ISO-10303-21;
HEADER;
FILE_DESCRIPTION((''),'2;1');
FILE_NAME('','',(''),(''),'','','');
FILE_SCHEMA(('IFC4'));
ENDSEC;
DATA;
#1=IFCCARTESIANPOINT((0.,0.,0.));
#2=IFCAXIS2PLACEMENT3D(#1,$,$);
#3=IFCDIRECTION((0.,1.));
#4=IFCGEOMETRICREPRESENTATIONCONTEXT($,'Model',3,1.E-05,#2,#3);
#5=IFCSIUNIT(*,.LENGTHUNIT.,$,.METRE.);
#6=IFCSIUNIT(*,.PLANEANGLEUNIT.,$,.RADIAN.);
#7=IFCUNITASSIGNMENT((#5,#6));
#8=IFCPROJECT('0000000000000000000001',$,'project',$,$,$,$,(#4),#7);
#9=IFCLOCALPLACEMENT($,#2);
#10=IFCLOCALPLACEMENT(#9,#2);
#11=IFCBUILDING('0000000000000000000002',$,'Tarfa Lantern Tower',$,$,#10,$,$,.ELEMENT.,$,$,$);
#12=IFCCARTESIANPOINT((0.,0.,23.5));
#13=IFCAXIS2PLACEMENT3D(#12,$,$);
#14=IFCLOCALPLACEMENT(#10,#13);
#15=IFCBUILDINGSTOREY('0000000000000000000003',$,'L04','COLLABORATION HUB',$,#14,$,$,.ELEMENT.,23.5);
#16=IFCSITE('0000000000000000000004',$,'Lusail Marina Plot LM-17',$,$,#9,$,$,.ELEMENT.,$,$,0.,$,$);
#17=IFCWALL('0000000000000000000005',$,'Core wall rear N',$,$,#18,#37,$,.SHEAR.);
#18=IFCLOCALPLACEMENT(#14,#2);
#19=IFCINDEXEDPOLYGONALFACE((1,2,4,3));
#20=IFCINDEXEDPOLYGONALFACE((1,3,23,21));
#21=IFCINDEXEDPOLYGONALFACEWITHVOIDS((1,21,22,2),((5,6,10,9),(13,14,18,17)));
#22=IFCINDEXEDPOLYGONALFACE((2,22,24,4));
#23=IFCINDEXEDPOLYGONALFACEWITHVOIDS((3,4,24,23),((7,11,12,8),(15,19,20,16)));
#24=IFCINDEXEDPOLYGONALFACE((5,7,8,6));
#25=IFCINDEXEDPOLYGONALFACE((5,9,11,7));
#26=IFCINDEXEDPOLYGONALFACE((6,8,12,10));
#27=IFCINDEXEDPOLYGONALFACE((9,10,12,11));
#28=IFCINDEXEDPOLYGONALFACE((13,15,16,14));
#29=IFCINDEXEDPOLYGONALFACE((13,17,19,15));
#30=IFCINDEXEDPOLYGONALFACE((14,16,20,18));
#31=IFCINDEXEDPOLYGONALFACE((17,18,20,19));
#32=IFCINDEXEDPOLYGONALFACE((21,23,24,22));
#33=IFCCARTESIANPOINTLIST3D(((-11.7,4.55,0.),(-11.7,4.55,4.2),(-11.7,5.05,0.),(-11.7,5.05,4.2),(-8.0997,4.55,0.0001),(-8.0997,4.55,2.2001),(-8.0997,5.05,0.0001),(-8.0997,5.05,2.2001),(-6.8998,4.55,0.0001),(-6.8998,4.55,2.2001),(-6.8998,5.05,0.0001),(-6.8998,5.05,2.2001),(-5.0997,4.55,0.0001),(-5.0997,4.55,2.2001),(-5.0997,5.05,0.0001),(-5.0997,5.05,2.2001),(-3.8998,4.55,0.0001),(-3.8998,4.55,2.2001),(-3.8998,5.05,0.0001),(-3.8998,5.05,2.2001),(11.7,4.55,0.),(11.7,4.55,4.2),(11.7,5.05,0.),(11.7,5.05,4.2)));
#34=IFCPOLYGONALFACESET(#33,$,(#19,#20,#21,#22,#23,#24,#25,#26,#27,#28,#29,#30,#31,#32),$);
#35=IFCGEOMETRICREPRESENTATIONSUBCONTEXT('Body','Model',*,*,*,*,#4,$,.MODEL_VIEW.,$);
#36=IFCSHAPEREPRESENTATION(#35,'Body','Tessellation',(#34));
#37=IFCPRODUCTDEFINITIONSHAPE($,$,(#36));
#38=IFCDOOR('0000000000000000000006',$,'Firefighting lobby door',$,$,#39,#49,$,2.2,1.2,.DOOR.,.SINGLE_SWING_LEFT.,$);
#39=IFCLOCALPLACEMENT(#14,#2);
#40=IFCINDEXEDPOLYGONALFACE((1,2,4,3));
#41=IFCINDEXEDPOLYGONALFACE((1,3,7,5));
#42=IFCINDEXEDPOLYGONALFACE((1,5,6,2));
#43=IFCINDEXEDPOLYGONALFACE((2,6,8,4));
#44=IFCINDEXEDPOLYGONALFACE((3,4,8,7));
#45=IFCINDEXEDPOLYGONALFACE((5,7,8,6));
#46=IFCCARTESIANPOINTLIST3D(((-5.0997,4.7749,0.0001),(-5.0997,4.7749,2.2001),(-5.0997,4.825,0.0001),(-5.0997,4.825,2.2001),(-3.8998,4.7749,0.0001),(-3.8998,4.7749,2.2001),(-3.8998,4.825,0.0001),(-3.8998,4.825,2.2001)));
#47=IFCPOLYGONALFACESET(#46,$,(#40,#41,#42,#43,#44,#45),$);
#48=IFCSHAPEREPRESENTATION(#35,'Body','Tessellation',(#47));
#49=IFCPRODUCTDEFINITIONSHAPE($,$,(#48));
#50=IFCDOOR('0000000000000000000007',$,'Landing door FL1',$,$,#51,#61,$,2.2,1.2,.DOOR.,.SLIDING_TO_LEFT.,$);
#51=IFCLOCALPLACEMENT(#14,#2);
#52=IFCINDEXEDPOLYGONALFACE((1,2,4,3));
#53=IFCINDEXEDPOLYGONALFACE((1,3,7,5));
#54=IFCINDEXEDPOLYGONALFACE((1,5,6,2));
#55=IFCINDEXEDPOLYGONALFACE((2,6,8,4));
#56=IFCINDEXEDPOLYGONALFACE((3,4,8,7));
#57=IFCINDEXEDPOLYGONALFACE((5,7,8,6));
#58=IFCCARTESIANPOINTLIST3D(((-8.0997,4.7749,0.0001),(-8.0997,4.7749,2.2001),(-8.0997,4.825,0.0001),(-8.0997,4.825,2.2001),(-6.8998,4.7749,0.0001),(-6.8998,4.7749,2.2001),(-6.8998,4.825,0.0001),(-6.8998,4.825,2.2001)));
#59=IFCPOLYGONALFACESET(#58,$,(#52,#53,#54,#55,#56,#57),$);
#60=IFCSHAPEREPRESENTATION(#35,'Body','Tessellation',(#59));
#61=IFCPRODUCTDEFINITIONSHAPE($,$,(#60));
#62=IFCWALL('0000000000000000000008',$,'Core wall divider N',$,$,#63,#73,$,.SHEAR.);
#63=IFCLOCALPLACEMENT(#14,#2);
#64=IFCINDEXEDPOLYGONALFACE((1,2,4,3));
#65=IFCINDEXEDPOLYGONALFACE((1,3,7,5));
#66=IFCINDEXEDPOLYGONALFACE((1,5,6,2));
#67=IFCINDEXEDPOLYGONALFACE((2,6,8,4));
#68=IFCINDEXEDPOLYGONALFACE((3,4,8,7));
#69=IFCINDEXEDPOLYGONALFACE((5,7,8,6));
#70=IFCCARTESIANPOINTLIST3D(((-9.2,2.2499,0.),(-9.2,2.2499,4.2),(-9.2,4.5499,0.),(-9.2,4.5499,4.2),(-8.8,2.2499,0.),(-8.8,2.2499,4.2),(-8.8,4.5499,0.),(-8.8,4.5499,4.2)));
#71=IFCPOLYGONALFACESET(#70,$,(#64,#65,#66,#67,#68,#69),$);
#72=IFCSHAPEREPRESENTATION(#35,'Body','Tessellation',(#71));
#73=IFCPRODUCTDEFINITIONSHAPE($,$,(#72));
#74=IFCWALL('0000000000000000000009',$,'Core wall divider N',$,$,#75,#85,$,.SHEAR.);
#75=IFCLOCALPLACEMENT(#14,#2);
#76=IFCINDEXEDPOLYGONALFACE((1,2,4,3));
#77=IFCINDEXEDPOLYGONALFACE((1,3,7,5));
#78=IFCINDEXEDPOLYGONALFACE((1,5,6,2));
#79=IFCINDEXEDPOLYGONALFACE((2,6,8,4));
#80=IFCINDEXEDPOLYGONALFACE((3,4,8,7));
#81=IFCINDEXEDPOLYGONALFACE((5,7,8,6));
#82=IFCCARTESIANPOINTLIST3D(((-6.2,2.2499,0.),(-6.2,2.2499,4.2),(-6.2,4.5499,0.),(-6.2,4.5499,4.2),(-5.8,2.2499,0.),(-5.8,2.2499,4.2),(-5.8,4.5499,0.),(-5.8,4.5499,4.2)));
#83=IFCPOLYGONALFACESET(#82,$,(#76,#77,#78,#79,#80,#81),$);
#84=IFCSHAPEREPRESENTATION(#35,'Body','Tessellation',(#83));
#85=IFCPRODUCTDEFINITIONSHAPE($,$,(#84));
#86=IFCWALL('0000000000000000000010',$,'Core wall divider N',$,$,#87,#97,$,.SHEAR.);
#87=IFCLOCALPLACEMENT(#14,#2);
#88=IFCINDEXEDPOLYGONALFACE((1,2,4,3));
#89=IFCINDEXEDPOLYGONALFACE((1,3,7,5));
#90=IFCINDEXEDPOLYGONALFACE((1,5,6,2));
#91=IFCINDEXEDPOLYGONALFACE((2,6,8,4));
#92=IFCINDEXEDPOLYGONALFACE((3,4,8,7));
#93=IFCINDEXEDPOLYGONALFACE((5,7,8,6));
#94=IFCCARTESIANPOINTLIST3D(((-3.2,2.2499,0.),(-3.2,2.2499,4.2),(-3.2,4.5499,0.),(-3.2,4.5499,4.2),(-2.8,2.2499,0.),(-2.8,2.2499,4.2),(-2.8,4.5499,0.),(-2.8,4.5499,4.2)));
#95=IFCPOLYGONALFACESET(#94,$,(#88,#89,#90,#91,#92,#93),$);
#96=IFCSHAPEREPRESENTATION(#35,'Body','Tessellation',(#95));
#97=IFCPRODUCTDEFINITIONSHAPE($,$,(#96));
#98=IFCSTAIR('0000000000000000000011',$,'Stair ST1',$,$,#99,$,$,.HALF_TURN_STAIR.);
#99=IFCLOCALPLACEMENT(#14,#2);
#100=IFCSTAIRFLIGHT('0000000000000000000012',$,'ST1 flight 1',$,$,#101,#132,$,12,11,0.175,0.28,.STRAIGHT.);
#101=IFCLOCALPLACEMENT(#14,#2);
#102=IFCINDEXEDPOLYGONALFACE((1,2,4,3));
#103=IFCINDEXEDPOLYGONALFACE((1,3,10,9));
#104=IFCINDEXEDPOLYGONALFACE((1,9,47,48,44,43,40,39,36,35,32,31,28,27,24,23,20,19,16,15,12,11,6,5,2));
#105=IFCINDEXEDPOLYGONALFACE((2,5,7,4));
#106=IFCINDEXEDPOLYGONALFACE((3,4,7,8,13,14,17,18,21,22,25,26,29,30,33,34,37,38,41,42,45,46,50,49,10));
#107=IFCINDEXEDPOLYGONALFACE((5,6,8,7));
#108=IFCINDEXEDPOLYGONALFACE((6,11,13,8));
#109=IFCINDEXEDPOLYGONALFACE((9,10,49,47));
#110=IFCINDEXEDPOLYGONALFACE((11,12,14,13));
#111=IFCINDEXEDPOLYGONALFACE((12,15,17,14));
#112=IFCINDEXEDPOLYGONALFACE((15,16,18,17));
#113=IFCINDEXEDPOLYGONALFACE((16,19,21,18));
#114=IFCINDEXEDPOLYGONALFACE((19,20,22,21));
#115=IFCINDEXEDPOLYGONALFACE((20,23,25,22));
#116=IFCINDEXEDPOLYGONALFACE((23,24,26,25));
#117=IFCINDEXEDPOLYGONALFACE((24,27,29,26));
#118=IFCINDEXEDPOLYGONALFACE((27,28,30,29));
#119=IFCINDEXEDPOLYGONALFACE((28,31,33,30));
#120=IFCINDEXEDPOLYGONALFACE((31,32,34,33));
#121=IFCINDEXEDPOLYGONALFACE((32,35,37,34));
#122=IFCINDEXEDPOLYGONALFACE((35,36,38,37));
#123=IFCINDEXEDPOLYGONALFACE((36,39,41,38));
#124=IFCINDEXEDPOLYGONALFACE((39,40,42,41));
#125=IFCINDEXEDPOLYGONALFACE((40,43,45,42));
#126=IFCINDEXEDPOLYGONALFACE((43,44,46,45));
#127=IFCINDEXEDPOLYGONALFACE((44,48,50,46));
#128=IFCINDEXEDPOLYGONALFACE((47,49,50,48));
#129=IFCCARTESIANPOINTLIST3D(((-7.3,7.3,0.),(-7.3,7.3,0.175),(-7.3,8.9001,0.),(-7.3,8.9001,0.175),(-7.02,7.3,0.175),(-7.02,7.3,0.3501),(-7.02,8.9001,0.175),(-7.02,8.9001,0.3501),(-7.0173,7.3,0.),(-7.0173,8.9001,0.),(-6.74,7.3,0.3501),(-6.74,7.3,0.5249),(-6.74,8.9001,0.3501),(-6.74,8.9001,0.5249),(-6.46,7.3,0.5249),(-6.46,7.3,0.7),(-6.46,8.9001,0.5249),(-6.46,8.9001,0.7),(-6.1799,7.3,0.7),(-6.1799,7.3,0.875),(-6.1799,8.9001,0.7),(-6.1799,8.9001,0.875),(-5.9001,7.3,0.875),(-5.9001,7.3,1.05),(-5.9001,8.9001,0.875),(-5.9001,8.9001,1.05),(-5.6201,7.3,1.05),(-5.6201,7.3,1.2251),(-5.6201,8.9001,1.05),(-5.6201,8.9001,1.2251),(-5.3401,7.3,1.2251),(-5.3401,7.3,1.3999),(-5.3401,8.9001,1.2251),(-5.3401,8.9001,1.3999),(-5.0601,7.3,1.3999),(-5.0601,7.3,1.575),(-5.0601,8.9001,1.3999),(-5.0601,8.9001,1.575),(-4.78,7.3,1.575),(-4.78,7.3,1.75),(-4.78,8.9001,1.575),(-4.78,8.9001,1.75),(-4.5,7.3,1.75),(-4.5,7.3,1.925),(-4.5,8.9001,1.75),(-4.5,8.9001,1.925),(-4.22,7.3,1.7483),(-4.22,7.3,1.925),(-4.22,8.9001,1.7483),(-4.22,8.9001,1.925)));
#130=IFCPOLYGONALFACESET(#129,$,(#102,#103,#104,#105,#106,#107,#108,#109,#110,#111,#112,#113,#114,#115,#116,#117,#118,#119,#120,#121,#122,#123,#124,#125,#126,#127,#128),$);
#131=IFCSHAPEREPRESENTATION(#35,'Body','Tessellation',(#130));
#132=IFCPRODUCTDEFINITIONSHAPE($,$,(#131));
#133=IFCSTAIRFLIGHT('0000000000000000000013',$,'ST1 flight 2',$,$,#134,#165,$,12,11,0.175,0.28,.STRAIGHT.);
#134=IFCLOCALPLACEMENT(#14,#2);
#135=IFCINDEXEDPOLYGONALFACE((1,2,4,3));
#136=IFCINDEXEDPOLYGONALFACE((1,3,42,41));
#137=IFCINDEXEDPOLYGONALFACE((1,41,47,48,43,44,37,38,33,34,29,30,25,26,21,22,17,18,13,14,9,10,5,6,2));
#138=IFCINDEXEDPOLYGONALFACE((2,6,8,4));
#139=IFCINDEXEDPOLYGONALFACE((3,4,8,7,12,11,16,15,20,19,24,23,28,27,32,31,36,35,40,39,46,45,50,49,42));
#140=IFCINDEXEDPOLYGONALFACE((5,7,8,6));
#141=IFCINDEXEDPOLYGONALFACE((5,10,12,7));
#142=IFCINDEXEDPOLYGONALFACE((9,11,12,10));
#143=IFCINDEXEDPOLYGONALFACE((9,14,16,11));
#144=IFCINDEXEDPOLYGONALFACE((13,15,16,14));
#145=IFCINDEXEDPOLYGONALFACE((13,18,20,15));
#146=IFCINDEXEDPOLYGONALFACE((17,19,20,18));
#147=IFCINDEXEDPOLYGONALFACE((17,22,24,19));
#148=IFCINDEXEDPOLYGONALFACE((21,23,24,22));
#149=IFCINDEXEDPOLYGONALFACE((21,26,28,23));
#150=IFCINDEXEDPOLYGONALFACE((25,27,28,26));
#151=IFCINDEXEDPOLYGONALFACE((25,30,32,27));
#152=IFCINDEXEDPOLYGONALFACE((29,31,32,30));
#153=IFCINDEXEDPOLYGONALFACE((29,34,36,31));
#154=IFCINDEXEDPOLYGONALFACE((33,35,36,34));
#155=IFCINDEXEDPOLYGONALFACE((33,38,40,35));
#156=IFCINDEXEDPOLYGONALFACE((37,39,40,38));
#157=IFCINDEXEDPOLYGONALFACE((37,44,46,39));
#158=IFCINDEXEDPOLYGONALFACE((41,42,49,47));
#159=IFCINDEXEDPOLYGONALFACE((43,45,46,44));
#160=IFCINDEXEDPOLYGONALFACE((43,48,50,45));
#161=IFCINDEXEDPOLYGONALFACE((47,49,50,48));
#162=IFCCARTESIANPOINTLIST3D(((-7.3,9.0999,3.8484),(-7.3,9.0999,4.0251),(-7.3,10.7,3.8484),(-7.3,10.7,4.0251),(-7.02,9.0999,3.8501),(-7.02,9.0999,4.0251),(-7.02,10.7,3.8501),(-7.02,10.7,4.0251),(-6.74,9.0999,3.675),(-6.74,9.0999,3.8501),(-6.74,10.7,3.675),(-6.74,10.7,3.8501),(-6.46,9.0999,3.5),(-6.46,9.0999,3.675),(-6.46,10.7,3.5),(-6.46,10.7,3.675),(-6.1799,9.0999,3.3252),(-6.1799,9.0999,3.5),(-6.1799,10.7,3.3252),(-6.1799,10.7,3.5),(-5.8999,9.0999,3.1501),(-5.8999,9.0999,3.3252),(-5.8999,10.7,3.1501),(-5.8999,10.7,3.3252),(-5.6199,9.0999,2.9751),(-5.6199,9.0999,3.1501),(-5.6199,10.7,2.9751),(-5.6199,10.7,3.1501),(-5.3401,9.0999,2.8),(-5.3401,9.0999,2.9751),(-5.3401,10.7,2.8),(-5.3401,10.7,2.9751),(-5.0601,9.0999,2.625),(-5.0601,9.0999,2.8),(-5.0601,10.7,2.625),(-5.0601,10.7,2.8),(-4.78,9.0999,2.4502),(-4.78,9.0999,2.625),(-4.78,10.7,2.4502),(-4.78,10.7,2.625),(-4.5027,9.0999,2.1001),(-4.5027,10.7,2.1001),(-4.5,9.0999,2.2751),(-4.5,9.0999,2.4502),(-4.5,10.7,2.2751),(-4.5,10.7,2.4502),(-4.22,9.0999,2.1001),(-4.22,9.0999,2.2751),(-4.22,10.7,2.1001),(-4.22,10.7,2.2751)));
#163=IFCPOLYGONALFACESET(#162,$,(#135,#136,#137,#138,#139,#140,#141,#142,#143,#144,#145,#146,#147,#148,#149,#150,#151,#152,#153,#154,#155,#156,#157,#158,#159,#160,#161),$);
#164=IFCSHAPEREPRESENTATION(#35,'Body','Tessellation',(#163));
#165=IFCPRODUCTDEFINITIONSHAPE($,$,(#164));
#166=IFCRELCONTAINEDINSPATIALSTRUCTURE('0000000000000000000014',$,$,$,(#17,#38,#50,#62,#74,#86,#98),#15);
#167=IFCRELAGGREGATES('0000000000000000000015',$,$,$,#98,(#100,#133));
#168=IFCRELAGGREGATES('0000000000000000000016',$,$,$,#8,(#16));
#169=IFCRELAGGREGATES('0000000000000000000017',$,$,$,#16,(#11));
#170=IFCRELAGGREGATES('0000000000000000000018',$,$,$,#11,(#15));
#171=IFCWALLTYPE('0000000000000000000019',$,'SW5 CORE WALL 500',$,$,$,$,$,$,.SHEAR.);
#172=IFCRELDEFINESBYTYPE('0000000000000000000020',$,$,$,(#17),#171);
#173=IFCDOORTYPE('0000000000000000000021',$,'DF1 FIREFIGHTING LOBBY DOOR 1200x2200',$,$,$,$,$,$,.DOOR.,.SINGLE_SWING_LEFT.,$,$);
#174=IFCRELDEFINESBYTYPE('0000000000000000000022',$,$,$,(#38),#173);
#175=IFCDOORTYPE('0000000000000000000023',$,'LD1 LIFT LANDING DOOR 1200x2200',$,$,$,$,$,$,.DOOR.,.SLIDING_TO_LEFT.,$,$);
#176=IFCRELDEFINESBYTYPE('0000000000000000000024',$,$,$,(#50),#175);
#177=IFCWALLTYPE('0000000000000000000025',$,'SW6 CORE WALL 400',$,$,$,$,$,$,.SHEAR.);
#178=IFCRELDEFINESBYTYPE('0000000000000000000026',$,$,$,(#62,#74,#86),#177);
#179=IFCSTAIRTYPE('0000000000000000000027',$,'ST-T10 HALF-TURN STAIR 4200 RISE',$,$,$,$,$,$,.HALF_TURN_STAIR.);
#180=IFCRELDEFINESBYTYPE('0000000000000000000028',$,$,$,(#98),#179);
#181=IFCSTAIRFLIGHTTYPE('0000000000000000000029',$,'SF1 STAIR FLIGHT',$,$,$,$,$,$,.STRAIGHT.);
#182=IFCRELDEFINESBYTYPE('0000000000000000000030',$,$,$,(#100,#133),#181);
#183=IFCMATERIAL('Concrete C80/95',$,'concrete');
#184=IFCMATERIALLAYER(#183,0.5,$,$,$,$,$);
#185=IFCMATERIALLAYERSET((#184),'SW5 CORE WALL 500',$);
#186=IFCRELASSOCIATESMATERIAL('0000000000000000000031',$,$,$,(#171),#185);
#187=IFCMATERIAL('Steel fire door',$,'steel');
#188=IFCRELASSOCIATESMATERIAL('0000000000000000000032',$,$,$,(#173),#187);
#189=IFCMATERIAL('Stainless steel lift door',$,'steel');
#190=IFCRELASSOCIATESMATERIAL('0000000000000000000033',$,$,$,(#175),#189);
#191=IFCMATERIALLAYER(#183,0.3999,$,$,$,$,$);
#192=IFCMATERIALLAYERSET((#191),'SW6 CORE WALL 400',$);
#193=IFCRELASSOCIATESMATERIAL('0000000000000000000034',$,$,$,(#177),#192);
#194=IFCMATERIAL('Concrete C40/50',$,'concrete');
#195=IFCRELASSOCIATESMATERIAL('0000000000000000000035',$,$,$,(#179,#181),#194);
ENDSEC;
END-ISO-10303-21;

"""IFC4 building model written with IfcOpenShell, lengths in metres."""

from ifc_helpers import new_model, si_unit, direction, frame, frame_2d, origin, place, context, subcontext, project, spatial, polyline, rectangle, outline, extrude, material, layer, layer_set, type_object, element, fill, aggregate, save


model = new_model("IFC4")

# Units and contexts
model_context = context("Model", 3, precision=1e-05, world=origin(), true_north=direction((0.0, 1.0)))
body_context = subcontext(model_context, "Body", "Model", "MODEL_VIEW")
ifc_project = project(units=[si_unit("LENGTHUNIT", "METRE"), si_unit("PLANEANGLEUNIT", "RADIAN")], contexts=[model_context])

# Site, building, storey
site_placement = place(None, origin())
site = spatial("IfcSite", under=ifc_project, at=site_placement, Name="Lusail Marina Plot LM-17", CompositionType="ELEMENT", RefElevation=0.0)
building_placement = place(site_placement, origin())
building = spatial("IfcBuilding", under=site, at=building_placement, Name="Tarfa Lantern Tower", CompositionType="ELEMENT")
storey_placement = place(building_placement, frame((0.0, 0.0, 23.5)))
storey = spatial("IfcBuildingStorey", under=building, at=storey_placement, Name="L04", Description="COLLABORATION HUB", CompositionType="ELEMENT", Elevation=23.5)

# Shared definitions
ifc_material_1 = material(Name="Concrete C80/95", Category="concrete")

# Shared definitions
ifc_material_2 = material(Name="Steel fire door", Category="steel")

# Wall, openings, doors
ifc_layer_1 = layer(ifc_material_1, 0.5)
ifc_layer_set_1 = layer_set([ifc_layer_1], Name="SW5 CORE WALL 500")
wall_type_1 = type_object("IfcWallType", Name="SW5 CORE WALL 500", PredefinedType="SHEAR", material=ifc_layer_set_1)
ifc_material_3 = material(Name="Stainless steel lift door", Category="steel")
wall_1_placement = place(storey_placement, frame((-11.7, 4.8, 0.0), z_axis=(0.0, 0.0, 1.0), x_axis=(1.0, 0.0, 0.0)))
wall_1 = element("IfcWall", 1, at=wall_1_placement, inside=storey, type_object=wall_type_1, Name="Core wall rear N", PredefinedType="SHEAR", context=body_context, shape_type="SweptSolid", body=[
    extrude(rectangle(XDim=23.3999, YDim=0.5, at=frame_2d((11.7, 0.0))), origin(), (0.0, 0.0, 1.0), 4.2),
])
opening_1_placement = place(wall_1_placement, frame((6.6001, 0.0, 0.0)))
opening_1 = element("IfcOpeningElement", 2, at=opening_1_placement, cuts=wall_1, PredefinedType="OPENING", context=body_context, shape_type="SweptSolid", body=[
    extrude(rectangle(XDim=1.2, YDim=2.2, at=frame_2d((0.6001, 1.1001))), frame((0.0, 0.26, 0.0), z_axis=(0.0, -1.0, 0.0), x_axis=(1.0, 0.0, 0.0)), (0.0, 0.0, 1.0), 0.52),
])
opening_2_placement = place(wall_1_placement, frame((3.6001, 0.0, 0.0)))
opening_2 = element("IfcOpeningElement", 3, at=opening_2_placement, cuts=wall_1, PredefinedType="OPENING", context=body_context, shape_type="SweptSolid", body=[
    extrude(rectangle(XDim=1.2, YDim=2.2, at=frame_2d((0.6001, 1.1001))), frame((0.0, 0.26, 0.0), z_axis=(0.0, -1.0, 0.0), x_axis=(1.0, 0.0, 0.0)), (0.0, 0.0, 1.0), 0.52),
])
door_type_1 = type_object("IfcDoorType", Name="DF1 FIREFIGHTING LOBBY DOOR 1200x2200", OperationType="SINGLE_SWING_LEFT", PredefinedType="DOOR", material=ifc_material_2)
door_1_placement = place(opening_1_placement, origin())
door_1 = element("IfcDoor", 4, at=door_1_placement, inside=storey, type_object=door_type_1, Name="Firefighting lobby door", OperationType="SINGLE_SWING_LEFT", OverallHeight=2.2, OverallWidth=1.2, PredefinedType="DOOR", context=body_context, shape_type="SweptSolid", body=[
    extrude(rectangle(XDim=1.2, YDim=2.2, at=frame_2d((0.6001, 1.1001))), frame((0.0, 0.0249, 0.0), z_axis=(0.0, -1.0, 0.0), x_axis=(1.0, 0.0, 0.0)), (0.0, 0.0, 1.0), 0.05),
])
fill(opening_1, door_1)
door_type_2 = type_object("IfcDoorType", Name="LD1 LIFT LANDING DOOR 1200x2200", OperationType="SLIDING_TO_LEFT", PredefinedType="DOOR", material=ifc_material_3)
door_2_placement = place(opening_2_placement, origin())
door_2 = element("IfcDoor", 5, at=door_2_placement, inside=storey, type_object=door_type_2, Name="Landing door FL1", OperationType="SLIDING_TO_LEFT", OverallHeight=2.2, OverallWidth=1.2, PredefinedType="DOOR", context=body_context, shape_type="SweptSolid", body=[
    extrude(rectangle(XDim=1.2, YDim=2.2, at=frame_2d((0.6001, 1.1001))), frame((0.0, 0.0249, 0.0), z_axis=(0.0, -1.0, 0.0), x_axis=(1.0, 0.0, 0.0)), (0.0, 0.0, 1.0), 0.05),
])
fill(opening_2, door_2)

# Walls
ifc_layer_2 = layer(ifc_material_1, 0.3999)
ifc_layer_set_2 = layer_set([ifc_layer_2], Name="SW6 CORE WALL 400")
wall_type_2 = type_object("IfcWallType", Name="SW6 CORE WALL 400", PredefinedType="SHEAR", material=ifc_layer_set_2)
for number, where, z_axis, x_axis, name in (
    (6, (-9.0, 2.25, 0.0), (0.0, 0.0, 1.0), (0.0, 1.0, 0.0), "Core wall divider N"),
    (7, (-6.0, 2.25, 0.0), (0.0, 0.0, 1.0), (0.0, 1.0, 0.0), "Core wall divider N"),
    (8, (-3.0, 2.25, 0.0), (0.0, 0.0, 1.0), (0.0, 1.0, 0.0), "Core wall divider N"),
):
    element("IfcWall", number, at=place(storey_placement, frame(where, z_axis=z_axis, x_axis=x_axis)), inside=storey, type_object=wall_type_2, Name=name, PredefinedType="SHEAR", context=body_context, shape_type="SweptSolid", body=[
        extrude(rectangle(XDim=2.3, YDim=0.3999, at=frame_2d((1.1499, 0.0))), origin(), (0.0, 0.0, 1.0), 4.2),
    ])

# Stair, stair flights
ifc_material_4 = material(Name="Concrete C40/50", Category="concrete")
stair_type = type_object("IfcStairType", Name="ST-T10 HALF-TURN STAIR 4200 RISE", PredefinedType="HALF_TURN_STAIR", material=ifc_material_4)
stair_placement = place(storey_placement, origin())
stair = element("IfcStair", 9, at=stair_placement, inside=storey, type_object=stair_type, Name="Stair ST1", PredefinedType="HALF_TURN_STAIR")
stair_flight_type = type_object("IfcStairFlightType", Name="SF1 STAIR FLIGHT", PredefinedType="STRAIGHT", material=ifc_material_4)
stair_flight_1_placement = place(storey_placement, frame((-7.3, 8.1001, 0.0), z_axis=(0.0, 0.0, 1.0), x_axis=(1.0, 0.0, 0.0)))
stair_flight_1 = element("IfcStairFlight", 10, at=stair_flight_1_placement, type_object=stair_flight_type, Name="ST1 flight 1", NumberOfRisers=12, NumberOfTreads=11, PredefinedType="STRAIGHT", RiserHeight=0.175, TreadLength=0.28, context=body_context, shape_type="SweptSolid", body=[
    extrude(outline(polyline([(0.0, 0.0), (0.0, 0.175), (0.28, 0.175), (0.28, 0.3501), (0.5601, 0.3501), (0.5601, 0.5249), (0.8401, 0.5249), (0.8401, 0.7), (1.1201, 0.7), (1.1201, 0.875), (1.3999, 0.875), (1.3999, 1.05), (1.6799, 1.05), (1.6799, 1.2251), (1.96, 1.2251), (1.96, 1.3999), (2.24, 1.3999), (2.24, 1.575), (2.52, 1.575), (2.52, 1.75), (2.8, 1.75), (2.8, 1.925), (3.0801, 1.925), (3.0801, 2.1001), (3.0801, 1.7483), (0.2827, 0.0), (0.0, 0.0)])), frame((0.0, 0.8, 0.0), z_axis=(0.0, -1.0, 0.0), x_axis=(1.0, 0.0, 0.0)), (0.0, 0.0, 1.0), 1.6001),
])
stair_flight_2_placement = place(storey_placement, frame((-4.22, 9.8999, 2.1001), z_axis=(0.0, 0.0, 1.0), x_axis=(-1.0, 0.0, 0.0)))
stair_flight_2 = element("IfcStairFlight", 11, at=stair_flight_2_placement, type_object=stair_flight_type, Name="ST1 flight 2", NumberOfRisers=12, NumberOfTreads=11, PredefinedType="STRAIGHT", RiserHeight=0.175, TreadLength=0.28, context=body_context, shape_type="SweptSolid", body=[
    extrude(outline(polyline([(0.0, 0.0), (0.0, 0.175), (0.28, 0.175), (0.28, 0.3501), (0.5601, 0.3501), (0.5601, 0.5249), (0.8401, 0.5249), (0.8401, 0.7), (1.1201, 0.7), (1.1201, 0.875), (1.3999, 0.875), (1.3999, 1.05), (1.6799, 1.05), (1.6799, 1.2251), (1.96, 1.2251), (1.96, 1.3999), (2.24, 1.3999), (2.24, 1.575), (2.52, 1.575), (2.52, 1.75), (2.8, 1.75), (2.8, 1.925), (3.0801, 1.925), (3.0801, 2.1001), (3.0801, 1.7483), (0.2827, 0.0), (0.0, 0.0)])), frame((0.0, 0.8, 0.0), z_axis=(0.0, -1.0, 0.0), x_axis=(1.0, 0.0, 0.0)), (0.0, 0.0, 1.0), 1.6001),
])
aggregate(stair, [stair_flight_1, stair_flight_2])

save(model, "model.ifc")
